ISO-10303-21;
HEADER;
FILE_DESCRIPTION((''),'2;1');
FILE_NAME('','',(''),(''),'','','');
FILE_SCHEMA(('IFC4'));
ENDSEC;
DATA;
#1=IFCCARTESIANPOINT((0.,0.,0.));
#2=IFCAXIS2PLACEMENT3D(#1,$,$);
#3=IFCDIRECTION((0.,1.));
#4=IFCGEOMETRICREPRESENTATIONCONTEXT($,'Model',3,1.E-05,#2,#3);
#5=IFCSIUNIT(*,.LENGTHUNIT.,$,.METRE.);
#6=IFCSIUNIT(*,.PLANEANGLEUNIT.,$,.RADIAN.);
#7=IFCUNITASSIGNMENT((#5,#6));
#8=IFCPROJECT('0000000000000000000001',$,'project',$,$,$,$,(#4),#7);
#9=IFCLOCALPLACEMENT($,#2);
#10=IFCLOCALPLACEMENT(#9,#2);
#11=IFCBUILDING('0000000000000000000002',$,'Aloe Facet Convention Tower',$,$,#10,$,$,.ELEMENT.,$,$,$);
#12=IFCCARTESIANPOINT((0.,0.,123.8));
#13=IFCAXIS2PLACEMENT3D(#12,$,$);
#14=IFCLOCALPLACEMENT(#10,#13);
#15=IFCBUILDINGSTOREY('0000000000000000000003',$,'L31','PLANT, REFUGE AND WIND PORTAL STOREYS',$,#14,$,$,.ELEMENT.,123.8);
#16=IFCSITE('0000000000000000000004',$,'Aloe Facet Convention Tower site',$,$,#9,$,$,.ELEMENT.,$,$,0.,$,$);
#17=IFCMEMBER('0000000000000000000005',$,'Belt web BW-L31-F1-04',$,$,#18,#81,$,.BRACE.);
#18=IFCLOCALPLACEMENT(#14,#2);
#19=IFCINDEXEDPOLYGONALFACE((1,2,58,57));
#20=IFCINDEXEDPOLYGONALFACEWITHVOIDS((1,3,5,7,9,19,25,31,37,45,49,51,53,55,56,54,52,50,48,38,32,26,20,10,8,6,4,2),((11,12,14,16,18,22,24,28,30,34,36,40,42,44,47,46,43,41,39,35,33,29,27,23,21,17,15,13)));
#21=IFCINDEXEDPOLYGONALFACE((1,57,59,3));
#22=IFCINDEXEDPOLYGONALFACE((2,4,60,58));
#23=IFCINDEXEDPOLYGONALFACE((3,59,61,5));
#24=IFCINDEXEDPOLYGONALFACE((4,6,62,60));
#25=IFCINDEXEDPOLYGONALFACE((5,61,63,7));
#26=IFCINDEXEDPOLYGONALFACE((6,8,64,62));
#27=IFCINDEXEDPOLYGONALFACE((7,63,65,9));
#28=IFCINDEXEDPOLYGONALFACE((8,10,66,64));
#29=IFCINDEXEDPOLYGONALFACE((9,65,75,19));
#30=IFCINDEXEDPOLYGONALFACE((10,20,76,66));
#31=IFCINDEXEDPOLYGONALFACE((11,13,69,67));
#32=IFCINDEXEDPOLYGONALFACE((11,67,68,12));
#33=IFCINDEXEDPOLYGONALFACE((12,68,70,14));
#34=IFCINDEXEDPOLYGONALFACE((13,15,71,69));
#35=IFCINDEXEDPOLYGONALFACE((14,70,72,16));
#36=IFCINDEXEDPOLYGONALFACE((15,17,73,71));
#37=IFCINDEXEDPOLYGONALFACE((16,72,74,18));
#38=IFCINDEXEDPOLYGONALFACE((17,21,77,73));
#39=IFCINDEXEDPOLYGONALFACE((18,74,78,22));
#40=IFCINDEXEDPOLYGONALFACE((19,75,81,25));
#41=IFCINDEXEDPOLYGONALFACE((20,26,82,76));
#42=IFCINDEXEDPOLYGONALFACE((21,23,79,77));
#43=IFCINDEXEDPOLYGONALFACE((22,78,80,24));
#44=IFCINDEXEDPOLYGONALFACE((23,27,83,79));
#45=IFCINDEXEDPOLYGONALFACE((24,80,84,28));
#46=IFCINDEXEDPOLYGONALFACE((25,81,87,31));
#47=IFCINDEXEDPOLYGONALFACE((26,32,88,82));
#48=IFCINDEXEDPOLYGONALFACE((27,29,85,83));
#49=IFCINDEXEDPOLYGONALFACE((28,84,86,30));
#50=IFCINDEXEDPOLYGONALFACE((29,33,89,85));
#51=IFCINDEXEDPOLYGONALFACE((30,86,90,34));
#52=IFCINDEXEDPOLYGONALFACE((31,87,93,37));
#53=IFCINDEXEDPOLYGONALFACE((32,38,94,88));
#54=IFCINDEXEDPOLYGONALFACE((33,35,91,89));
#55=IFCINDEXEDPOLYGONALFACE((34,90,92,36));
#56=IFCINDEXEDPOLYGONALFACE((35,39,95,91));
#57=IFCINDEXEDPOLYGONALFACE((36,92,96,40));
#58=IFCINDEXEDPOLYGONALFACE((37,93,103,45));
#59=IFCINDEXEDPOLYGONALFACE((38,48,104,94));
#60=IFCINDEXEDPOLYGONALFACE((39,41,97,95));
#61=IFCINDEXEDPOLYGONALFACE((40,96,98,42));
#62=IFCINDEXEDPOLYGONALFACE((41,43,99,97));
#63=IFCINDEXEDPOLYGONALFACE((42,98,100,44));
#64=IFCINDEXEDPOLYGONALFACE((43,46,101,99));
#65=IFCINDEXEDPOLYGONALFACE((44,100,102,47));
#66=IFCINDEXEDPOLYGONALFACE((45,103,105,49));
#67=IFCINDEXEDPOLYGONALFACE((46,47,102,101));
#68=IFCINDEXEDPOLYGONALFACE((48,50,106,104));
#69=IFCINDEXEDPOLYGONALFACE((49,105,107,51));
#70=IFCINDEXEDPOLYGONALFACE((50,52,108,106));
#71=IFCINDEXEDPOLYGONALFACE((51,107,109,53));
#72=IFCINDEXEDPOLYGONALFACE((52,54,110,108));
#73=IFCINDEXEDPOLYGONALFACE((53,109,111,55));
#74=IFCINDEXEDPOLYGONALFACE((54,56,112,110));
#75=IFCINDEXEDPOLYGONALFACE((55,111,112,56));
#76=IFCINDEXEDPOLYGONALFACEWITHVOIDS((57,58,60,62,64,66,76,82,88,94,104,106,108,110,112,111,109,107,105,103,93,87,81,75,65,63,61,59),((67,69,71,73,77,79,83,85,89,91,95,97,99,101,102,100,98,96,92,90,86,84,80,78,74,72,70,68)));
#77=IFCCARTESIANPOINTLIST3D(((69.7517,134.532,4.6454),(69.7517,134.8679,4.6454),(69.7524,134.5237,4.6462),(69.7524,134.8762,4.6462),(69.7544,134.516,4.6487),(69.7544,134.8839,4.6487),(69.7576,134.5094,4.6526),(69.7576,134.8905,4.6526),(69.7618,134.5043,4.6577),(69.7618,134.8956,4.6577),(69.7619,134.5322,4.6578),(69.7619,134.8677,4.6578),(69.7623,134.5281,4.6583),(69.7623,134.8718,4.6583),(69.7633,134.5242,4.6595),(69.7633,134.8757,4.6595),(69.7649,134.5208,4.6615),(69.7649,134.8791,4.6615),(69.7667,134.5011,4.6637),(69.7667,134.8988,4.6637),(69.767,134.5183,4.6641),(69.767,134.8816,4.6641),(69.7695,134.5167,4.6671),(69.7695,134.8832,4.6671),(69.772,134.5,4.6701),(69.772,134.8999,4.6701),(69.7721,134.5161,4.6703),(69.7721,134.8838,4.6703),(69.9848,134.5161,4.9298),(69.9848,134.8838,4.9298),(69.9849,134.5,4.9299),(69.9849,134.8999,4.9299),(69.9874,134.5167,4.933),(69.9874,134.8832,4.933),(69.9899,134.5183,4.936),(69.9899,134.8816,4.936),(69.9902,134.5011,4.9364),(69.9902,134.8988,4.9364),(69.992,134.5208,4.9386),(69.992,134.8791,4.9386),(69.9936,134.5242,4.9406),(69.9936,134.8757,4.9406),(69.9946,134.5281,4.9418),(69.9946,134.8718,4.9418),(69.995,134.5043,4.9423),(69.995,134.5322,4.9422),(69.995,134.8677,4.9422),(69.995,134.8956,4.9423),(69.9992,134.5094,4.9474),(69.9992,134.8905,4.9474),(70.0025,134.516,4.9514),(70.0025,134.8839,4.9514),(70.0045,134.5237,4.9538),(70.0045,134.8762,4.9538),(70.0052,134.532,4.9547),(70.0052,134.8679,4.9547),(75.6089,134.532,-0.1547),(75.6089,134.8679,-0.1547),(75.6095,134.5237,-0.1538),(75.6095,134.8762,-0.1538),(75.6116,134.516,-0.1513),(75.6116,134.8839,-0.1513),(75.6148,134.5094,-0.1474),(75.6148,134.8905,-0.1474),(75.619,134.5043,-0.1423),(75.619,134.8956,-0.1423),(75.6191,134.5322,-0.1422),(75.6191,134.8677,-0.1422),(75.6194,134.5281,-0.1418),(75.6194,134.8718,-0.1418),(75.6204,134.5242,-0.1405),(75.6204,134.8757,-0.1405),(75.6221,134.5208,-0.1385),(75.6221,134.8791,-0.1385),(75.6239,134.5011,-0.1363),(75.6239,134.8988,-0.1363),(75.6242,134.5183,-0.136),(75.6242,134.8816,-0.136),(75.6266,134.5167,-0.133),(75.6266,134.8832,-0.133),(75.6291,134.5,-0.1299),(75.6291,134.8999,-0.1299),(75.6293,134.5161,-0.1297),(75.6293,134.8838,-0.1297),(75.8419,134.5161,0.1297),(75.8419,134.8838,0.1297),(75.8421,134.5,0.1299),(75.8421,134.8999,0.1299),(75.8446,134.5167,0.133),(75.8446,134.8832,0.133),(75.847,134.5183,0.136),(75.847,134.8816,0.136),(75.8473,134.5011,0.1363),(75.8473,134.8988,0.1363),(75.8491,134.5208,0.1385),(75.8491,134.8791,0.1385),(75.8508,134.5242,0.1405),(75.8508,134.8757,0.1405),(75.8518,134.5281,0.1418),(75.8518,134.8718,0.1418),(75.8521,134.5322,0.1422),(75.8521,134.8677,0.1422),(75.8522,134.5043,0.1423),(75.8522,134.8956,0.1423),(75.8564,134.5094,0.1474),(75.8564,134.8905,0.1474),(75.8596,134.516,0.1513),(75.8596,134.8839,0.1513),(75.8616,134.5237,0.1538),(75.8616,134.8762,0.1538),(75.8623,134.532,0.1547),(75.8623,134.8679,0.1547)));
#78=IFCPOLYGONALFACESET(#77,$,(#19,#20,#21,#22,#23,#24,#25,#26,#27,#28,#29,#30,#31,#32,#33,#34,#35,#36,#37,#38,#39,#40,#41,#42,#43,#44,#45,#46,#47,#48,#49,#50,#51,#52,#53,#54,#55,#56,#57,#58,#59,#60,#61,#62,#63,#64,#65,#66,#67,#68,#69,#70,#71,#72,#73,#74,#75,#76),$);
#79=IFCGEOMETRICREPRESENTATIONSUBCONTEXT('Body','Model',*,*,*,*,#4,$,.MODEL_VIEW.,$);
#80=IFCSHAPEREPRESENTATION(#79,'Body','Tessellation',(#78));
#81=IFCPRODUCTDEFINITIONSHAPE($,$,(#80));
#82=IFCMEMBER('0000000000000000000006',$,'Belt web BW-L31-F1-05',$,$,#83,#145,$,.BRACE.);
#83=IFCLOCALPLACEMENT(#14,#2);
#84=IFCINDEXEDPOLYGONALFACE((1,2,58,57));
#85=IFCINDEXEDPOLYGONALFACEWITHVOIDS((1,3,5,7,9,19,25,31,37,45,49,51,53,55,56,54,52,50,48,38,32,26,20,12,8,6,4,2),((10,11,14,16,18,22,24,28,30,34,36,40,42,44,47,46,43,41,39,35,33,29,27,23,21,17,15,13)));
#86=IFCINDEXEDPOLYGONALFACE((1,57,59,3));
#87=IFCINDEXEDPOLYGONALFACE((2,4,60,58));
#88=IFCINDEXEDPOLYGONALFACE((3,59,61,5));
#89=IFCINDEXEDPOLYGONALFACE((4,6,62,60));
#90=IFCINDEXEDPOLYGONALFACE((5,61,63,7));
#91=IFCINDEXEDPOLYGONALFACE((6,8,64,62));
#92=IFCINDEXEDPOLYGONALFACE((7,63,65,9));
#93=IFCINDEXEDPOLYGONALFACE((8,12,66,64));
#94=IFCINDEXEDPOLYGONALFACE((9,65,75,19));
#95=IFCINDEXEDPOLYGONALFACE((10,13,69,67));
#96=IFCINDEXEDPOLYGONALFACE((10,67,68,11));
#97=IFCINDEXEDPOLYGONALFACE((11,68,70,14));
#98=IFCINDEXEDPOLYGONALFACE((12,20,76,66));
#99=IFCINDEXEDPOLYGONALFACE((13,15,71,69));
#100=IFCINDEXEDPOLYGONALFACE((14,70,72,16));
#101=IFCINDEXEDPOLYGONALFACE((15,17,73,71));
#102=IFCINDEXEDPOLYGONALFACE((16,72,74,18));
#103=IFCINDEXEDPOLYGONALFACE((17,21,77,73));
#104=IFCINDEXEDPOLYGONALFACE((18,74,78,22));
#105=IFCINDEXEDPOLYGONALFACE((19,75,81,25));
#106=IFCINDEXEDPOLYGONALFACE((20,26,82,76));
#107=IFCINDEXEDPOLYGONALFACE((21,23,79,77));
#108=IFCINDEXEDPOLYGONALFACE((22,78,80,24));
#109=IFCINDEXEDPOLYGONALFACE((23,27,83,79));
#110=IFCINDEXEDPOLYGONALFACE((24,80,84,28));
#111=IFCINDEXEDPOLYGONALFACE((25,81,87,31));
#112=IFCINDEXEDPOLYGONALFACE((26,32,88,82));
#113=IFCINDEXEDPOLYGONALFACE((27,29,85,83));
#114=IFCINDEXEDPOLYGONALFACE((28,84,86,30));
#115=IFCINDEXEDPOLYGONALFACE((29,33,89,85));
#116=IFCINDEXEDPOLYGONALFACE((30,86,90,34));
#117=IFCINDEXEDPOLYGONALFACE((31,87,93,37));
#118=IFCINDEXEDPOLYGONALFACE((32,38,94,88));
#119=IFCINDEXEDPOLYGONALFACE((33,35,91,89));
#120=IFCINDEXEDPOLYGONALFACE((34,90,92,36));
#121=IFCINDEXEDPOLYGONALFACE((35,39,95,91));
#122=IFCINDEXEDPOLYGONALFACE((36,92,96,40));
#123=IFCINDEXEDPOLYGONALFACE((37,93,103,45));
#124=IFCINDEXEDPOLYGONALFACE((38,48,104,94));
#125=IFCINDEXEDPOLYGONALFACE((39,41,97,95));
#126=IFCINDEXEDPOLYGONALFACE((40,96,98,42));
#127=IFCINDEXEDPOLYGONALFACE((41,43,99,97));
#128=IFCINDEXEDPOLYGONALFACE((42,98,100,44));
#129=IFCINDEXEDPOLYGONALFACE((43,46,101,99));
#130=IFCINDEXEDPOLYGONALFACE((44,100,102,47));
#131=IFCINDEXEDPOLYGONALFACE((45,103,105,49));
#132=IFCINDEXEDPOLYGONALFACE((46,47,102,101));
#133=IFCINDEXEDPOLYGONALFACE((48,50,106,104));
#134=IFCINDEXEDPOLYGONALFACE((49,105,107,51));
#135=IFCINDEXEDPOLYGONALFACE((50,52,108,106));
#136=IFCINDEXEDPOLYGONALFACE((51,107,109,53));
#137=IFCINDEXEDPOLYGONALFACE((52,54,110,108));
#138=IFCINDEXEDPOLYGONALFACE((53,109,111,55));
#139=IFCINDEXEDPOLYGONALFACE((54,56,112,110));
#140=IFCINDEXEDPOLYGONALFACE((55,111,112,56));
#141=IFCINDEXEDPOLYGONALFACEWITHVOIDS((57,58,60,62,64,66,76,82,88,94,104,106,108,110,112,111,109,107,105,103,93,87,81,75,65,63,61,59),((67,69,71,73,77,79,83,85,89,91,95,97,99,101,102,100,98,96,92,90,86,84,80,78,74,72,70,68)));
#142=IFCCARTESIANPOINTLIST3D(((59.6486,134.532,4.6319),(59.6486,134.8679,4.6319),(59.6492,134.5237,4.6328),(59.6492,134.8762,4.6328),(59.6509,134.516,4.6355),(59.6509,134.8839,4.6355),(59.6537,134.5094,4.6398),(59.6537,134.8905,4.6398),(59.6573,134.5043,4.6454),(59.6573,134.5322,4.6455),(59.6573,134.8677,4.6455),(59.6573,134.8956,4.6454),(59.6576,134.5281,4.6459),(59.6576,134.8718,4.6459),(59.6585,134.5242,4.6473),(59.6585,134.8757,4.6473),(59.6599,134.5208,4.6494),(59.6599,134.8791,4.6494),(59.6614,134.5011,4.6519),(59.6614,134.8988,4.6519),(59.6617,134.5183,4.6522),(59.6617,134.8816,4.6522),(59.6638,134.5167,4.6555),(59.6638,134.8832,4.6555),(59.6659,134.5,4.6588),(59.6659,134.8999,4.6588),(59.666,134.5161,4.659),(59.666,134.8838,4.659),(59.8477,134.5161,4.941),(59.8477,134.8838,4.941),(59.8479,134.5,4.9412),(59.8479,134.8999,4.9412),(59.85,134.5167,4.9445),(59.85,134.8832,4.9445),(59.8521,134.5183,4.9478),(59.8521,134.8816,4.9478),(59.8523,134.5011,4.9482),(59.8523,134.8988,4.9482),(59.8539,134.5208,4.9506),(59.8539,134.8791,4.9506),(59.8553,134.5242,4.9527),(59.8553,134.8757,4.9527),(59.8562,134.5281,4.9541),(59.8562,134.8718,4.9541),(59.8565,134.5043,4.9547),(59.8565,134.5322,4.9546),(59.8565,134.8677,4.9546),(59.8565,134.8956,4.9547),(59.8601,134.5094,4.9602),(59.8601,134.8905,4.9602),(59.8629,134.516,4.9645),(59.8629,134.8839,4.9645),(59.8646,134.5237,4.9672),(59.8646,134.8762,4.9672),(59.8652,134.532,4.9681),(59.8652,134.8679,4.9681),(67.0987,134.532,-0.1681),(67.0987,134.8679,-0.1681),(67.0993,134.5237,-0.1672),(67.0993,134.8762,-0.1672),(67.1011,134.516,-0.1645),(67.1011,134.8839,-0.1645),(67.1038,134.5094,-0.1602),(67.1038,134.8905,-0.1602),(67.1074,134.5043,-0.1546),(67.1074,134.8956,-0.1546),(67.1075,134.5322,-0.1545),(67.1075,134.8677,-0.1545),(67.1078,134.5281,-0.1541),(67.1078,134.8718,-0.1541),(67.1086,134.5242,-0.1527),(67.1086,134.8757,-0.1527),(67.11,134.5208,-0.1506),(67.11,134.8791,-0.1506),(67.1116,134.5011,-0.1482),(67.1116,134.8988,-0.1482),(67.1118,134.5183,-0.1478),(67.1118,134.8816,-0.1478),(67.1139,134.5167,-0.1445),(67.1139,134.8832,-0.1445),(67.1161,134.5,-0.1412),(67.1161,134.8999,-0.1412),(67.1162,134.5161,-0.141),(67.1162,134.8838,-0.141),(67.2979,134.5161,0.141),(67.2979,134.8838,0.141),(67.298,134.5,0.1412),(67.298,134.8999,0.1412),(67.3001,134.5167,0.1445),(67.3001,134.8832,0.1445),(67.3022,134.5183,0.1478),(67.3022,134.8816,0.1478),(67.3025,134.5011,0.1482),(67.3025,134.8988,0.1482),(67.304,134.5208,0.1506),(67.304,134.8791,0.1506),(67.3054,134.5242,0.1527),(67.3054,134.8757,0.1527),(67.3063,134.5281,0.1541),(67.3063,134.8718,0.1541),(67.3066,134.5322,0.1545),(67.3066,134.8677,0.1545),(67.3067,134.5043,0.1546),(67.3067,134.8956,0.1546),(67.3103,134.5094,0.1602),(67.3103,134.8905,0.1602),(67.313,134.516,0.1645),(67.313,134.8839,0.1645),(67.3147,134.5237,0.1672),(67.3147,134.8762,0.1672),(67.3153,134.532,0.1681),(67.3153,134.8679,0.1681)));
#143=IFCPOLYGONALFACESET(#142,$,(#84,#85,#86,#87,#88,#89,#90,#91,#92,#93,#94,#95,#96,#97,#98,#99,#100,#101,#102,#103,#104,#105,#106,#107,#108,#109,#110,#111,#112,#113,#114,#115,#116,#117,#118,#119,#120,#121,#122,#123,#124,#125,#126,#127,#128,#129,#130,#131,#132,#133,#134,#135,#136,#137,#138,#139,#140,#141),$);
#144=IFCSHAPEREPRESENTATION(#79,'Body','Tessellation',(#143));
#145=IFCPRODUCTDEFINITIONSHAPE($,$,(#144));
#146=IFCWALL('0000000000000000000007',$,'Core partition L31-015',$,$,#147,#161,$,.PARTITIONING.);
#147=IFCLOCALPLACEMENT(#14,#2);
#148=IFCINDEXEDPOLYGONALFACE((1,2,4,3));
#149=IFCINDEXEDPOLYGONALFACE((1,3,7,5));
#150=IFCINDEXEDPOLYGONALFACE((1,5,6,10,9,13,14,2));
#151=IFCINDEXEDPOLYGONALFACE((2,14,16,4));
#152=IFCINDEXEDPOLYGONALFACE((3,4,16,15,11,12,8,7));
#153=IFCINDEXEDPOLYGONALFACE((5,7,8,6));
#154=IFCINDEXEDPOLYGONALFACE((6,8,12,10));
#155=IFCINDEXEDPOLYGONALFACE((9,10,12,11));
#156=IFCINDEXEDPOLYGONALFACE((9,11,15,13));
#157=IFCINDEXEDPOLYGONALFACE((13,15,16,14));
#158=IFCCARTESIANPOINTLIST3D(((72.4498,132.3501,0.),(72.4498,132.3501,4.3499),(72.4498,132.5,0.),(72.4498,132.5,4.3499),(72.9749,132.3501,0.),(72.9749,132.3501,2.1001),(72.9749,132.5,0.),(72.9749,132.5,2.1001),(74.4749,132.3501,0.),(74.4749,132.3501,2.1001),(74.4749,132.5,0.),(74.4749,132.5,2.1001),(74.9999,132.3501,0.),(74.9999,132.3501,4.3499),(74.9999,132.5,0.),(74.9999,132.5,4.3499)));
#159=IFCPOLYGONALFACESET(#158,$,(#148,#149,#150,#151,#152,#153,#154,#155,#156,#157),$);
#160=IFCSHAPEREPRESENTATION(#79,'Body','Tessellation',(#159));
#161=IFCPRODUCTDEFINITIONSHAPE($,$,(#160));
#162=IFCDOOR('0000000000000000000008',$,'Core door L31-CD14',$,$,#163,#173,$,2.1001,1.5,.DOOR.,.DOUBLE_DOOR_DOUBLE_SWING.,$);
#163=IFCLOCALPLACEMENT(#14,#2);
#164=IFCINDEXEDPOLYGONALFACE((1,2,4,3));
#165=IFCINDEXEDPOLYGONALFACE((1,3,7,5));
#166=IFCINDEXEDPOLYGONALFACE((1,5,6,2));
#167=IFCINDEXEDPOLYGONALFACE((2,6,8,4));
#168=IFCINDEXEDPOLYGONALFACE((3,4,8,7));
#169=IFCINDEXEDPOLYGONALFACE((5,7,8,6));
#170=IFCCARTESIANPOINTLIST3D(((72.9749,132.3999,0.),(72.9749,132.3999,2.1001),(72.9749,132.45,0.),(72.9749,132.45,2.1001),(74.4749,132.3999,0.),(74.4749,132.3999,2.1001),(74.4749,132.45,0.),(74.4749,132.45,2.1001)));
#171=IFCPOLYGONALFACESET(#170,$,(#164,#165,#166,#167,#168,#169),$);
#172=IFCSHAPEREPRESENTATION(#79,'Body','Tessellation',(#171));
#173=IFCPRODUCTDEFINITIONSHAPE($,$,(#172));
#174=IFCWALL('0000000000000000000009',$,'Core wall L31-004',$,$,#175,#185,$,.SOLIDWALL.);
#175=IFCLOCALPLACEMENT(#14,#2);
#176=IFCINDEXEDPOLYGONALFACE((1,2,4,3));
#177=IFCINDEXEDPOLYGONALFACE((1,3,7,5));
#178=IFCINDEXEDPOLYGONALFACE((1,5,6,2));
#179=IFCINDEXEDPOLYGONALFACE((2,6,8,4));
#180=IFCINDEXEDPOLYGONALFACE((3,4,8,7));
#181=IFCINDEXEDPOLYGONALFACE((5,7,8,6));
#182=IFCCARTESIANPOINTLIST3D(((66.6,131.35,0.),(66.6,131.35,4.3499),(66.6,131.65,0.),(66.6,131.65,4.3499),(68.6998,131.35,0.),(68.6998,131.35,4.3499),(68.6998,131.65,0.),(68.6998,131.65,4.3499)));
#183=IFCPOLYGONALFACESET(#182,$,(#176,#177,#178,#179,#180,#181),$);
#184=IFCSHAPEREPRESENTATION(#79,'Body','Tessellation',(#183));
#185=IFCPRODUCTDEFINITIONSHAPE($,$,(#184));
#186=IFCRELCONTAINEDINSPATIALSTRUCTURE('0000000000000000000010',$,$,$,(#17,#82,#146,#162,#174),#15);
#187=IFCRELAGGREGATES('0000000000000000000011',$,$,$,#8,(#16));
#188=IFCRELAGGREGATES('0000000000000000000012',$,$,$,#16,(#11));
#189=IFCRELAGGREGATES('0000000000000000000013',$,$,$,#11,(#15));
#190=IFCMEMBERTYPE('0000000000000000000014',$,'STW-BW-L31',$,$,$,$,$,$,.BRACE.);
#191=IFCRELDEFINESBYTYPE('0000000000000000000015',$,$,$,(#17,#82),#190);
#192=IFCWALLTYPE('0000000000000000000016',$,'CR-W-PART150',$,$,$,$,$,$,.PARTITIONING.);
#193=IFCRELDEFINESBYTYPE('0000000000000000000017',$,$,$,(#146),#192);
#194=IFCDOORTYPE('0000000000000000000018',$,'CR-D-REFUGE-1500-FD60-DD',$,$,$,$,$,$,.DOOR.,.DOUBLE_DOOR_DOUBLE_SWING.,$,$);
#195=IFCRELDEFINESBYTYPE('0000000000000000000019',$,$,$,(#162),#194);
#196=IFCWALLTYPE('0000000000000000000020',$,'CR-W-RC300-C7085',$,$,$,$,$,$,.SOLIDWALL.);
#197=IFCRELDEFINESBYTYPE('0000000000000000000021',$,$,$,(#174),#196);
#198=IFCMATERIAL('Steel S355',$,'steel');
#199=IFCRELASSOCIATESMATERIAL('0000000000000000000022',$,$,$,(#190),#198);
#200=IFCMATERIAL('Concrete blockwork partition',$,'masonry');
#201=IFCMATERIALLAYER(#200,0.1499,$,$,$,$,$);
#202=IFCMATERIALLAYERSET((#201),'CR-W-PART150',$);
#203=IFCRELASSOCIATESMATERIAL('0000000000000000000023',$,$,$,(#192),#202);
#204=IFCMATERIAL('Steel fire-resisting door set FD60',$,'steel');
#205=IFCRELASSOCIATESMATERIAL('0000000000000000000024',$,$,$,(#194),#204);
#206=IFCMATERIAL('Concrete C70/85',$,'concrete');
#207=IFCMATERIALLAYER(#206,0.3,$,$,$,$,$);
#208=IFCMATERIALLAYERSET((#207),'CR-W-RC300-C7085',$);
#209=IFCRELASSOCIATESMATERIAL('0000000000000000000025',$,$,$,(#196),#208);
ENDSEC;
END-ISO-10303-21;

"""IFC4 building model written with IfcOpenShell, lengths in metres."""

from ifc_helpers import new_model, si_unit, direction, frame, frame_2d, origin, origin_2d, place, context, subcontext, project, spatial, rectangle, hollow_rectangle, extrude, material, layer, layer_set, material_profile, profile_set, type_object, element, fill, save


model = new_model("IFC4")

# Units and contexts
model_context = context("Model", 3, precision=1e-05, world=origin(), true_north=direction((0.0, 1.0)))
body_context = subcontext(model_context, "Body", "Model", "MODEL_VIEW")
ifc_project = project(units=[si_unit("LENGTHUNIT", "METRE"), si_unit("PLANEANGLEUNIT", "RADIAN")], contexts=[model_context])

# Site, building, storey
site_placement = place(None, origin())
site = spatial("IfcSite", under=ifc_project, at=site_placement, Name="Aloe Facet Convention Tower site", CompositionType="ELEMENT", RefElevation=0.0)
building_placement = place(site_placement, origin())
building = spatial("IfcBuilding", under=site, at=building_placement, Name="Aloe Facet Convention Tower", CompositionType="ELEMENT")
storey_placement = place(building_placement, frame((0.0, 0.0, 123.8)))
storey = spatial("IfcBuildingStorey", under=building, at=storey_placement, Name="L31", Description="PLANT, REFUGE AND WIND PORTAL STOREYS", CompositionType="ELEMENT", Elevation=123.8)

# Members
ifc_material_1 = material(Name="Steel S355", Category="steel")
ifc_material_profile = material_profile(ifc_material_1, hollow_rectangle(XDim=0.3999, YDim=0.3999, WallThickness=0.0161, InnerFilletRadius=0.0161, OuterFilletRadius=0.032, at=origin_2d()), Name="SHS 400x400x16")
ifc_profile_set = profile_set([ifc_material_profile], Name="Steel S355")
member_type = type_object("IfcMemberType", Name="STW-BW-L31", PredefinedType="BRACE", material=ifc_profile_set)
member_1_placement = place(storey_placement, frame((75.7356, 134.7, 0.0), z_axis=(-0.773451, 0.0, 0.633856), x_axis=(0.0, -1.0, 0.0)))
element("IfcMember", 1, at=member_1_placement, inside=storey, type_object=member_type, Name="Belt web BW-L31-F1-04", PredefinedType="BRACE", context=body_context, shape_type="SweptSolid", body=[
    extrude(hollow_rectangle(XDim=0.3999, YDim=0.3999, WallThickness=0.0161, InnerFilletRadius=0.0161, OuterFilletRadius=0.032, at=origin_2d()), origin(), (0.0, 0.0, 1.0), 7.5728),
])
member_2_placement = place(storey_placement, frame((67.207, 134.7, 0.0), z_axis=(-0.840632, 0.0, 0.541607), x_axis=(0.0, -1.0, 0.0)))
element("IfcMember", 2, at=member_2_placement, inside=storey, type_object=member_type, Name="Belt web BW-L31-F1-05", PredefinedType="BRACE", context=body_context, shape_type="SweptSolid", body=[
    extrude(hollow_rectangle(XDim=0.3999, YDim=0.3999, WallThickness=0.0161, InnerFilletRadius=0.0161, OuterFilletRadius=0.032, at=origin_2d()), origin(), (0.0, 0.0, 1.0), 8.8625),
])

# Wall, opening, door
ifc_material_2 = material(Name="Concrete blockwork partition", Category="masonry")
ifc_layer_1 = layer(ifc_material_2, 0.1499)
ifc_layer_set_1 = layer_set([ifc_layer_1], Name="CR-W-PART150")
wall_type_1 = type_object("IfcWallType", Name="CR-W-PART150", PredefinedType="PARTITIONING", material=ifc_layer_set_1)
wall_1_placement = place(storey_placement, frame((72.45, 132.425, 0.0), z_axis=(0.0, 0.0, 1.0), x_axis=(1.0, 0.0, 0.0)))
wall_1 = element("IfcWall", 3, at=wall_1_placement, inside=storey, type_object=wall_type_1, Name="Core partition L31-015", PredefinedType="PARTITIONING", context=body_context, shape_type="SweptSolid", body=[
    extrude(rectangle(XDim=2.55, YDim=0.1499, at=frame_2d((1.2749, 0.0))), origin(), (0.0, 0.0, 1.0), 4.3499),
])
opening_1_placement = place(wall_1_placement, frame((0.5249, 0.0, 0.0)))
opening_1 = element("IfcOpeningElement", 4, at=opening_1_placement, cuts=wall_1, PredefinedType="OPENING", context=body_context, shape_type="SweptSolid", body=[
    extrude(rectangle(XDim=1.5, YDim=2.1001, at=frame_2d((0.75, 1.05))), frame((0.0, 0.085, 0.0), z_axis=(0.0, -1.0, 0.0), x_axis=(1.0, 0.0, 0.0)), (0.0, 0.0, 1.0), 0.1699),
])
ifc_material_3 = material(Name="Steel fire-resisting door set FD60", Category="steel")
door_type_1 = type_object("IfcDoorType", Name="CR-D-REFUGE-1500-FD60-DD", OperationType="DOUBLE_DOOR_DOUBLE_SWING", PredefinedType="DOOR", material=ifc_material_3)
door_1_placement = place(opening_1_placement, origin())
door_1 = element("IfcDoor", 5, at=door_1_placement, inside=storey, type_object=door_type_1, Name="Core door L31-CD14", OperationType="DOUBLE_DOOR_DOUBLE_SWING", OverallHeight=2.1001, OverallWidth=1.5, PredefinedType="DOOR", context=body_context, shape_type="SweptSolid", body=[
    extrude(rectangle(XDim=1.5, YDim=2.1001, at=frame_2d((0.75, 1.05))), frame((0.0, 0.0249, 0.0), z_axis=(0.0, -1.0, 0.0), x_axis=(1.0, 0.0, 0.0)), (0.0, 0.0, 1.0), 0.05),
])
fill(opening_1, door_1)

# Wall
ifc_material_4 = material(Name="Concrete C70/85", Category="concrete")
ifc_layer_2 = layer(ifc_material_4, 0.3)
ifc_layer_set_2 = layer_set([ifc_layer_2], Name="CR-W-RC300-C7085")
wall_type_2 = type_object("IfcWallType", Name="CR-W-RC300-C7085", PredefinedType="SOLIDWALL", material=ifc_layer_set_2)
wall_2_placement = place(storey_placement, frame((66.6001, 131.5, 0.0), z_axis=(0.0, 0.0, 1.0), x_axis=(1.0, 0.0, 0.0)))
element("IfcWall", 6, at=wall_2_placement, inside=storey, type_object=wall_type_2, Name="Core wall L31-004", PredefinedType="SOLIDWALL", context=body_context, shape_type="SweptSolid", body=[
    extrude(rectangle(XDim=2.0999, YDim=0.3, at=frame_2d((1.0498, 0.0))), origin(), (0.0, 0.0, 1.0), 4.3499),
])

save(model, "model.ifc")
